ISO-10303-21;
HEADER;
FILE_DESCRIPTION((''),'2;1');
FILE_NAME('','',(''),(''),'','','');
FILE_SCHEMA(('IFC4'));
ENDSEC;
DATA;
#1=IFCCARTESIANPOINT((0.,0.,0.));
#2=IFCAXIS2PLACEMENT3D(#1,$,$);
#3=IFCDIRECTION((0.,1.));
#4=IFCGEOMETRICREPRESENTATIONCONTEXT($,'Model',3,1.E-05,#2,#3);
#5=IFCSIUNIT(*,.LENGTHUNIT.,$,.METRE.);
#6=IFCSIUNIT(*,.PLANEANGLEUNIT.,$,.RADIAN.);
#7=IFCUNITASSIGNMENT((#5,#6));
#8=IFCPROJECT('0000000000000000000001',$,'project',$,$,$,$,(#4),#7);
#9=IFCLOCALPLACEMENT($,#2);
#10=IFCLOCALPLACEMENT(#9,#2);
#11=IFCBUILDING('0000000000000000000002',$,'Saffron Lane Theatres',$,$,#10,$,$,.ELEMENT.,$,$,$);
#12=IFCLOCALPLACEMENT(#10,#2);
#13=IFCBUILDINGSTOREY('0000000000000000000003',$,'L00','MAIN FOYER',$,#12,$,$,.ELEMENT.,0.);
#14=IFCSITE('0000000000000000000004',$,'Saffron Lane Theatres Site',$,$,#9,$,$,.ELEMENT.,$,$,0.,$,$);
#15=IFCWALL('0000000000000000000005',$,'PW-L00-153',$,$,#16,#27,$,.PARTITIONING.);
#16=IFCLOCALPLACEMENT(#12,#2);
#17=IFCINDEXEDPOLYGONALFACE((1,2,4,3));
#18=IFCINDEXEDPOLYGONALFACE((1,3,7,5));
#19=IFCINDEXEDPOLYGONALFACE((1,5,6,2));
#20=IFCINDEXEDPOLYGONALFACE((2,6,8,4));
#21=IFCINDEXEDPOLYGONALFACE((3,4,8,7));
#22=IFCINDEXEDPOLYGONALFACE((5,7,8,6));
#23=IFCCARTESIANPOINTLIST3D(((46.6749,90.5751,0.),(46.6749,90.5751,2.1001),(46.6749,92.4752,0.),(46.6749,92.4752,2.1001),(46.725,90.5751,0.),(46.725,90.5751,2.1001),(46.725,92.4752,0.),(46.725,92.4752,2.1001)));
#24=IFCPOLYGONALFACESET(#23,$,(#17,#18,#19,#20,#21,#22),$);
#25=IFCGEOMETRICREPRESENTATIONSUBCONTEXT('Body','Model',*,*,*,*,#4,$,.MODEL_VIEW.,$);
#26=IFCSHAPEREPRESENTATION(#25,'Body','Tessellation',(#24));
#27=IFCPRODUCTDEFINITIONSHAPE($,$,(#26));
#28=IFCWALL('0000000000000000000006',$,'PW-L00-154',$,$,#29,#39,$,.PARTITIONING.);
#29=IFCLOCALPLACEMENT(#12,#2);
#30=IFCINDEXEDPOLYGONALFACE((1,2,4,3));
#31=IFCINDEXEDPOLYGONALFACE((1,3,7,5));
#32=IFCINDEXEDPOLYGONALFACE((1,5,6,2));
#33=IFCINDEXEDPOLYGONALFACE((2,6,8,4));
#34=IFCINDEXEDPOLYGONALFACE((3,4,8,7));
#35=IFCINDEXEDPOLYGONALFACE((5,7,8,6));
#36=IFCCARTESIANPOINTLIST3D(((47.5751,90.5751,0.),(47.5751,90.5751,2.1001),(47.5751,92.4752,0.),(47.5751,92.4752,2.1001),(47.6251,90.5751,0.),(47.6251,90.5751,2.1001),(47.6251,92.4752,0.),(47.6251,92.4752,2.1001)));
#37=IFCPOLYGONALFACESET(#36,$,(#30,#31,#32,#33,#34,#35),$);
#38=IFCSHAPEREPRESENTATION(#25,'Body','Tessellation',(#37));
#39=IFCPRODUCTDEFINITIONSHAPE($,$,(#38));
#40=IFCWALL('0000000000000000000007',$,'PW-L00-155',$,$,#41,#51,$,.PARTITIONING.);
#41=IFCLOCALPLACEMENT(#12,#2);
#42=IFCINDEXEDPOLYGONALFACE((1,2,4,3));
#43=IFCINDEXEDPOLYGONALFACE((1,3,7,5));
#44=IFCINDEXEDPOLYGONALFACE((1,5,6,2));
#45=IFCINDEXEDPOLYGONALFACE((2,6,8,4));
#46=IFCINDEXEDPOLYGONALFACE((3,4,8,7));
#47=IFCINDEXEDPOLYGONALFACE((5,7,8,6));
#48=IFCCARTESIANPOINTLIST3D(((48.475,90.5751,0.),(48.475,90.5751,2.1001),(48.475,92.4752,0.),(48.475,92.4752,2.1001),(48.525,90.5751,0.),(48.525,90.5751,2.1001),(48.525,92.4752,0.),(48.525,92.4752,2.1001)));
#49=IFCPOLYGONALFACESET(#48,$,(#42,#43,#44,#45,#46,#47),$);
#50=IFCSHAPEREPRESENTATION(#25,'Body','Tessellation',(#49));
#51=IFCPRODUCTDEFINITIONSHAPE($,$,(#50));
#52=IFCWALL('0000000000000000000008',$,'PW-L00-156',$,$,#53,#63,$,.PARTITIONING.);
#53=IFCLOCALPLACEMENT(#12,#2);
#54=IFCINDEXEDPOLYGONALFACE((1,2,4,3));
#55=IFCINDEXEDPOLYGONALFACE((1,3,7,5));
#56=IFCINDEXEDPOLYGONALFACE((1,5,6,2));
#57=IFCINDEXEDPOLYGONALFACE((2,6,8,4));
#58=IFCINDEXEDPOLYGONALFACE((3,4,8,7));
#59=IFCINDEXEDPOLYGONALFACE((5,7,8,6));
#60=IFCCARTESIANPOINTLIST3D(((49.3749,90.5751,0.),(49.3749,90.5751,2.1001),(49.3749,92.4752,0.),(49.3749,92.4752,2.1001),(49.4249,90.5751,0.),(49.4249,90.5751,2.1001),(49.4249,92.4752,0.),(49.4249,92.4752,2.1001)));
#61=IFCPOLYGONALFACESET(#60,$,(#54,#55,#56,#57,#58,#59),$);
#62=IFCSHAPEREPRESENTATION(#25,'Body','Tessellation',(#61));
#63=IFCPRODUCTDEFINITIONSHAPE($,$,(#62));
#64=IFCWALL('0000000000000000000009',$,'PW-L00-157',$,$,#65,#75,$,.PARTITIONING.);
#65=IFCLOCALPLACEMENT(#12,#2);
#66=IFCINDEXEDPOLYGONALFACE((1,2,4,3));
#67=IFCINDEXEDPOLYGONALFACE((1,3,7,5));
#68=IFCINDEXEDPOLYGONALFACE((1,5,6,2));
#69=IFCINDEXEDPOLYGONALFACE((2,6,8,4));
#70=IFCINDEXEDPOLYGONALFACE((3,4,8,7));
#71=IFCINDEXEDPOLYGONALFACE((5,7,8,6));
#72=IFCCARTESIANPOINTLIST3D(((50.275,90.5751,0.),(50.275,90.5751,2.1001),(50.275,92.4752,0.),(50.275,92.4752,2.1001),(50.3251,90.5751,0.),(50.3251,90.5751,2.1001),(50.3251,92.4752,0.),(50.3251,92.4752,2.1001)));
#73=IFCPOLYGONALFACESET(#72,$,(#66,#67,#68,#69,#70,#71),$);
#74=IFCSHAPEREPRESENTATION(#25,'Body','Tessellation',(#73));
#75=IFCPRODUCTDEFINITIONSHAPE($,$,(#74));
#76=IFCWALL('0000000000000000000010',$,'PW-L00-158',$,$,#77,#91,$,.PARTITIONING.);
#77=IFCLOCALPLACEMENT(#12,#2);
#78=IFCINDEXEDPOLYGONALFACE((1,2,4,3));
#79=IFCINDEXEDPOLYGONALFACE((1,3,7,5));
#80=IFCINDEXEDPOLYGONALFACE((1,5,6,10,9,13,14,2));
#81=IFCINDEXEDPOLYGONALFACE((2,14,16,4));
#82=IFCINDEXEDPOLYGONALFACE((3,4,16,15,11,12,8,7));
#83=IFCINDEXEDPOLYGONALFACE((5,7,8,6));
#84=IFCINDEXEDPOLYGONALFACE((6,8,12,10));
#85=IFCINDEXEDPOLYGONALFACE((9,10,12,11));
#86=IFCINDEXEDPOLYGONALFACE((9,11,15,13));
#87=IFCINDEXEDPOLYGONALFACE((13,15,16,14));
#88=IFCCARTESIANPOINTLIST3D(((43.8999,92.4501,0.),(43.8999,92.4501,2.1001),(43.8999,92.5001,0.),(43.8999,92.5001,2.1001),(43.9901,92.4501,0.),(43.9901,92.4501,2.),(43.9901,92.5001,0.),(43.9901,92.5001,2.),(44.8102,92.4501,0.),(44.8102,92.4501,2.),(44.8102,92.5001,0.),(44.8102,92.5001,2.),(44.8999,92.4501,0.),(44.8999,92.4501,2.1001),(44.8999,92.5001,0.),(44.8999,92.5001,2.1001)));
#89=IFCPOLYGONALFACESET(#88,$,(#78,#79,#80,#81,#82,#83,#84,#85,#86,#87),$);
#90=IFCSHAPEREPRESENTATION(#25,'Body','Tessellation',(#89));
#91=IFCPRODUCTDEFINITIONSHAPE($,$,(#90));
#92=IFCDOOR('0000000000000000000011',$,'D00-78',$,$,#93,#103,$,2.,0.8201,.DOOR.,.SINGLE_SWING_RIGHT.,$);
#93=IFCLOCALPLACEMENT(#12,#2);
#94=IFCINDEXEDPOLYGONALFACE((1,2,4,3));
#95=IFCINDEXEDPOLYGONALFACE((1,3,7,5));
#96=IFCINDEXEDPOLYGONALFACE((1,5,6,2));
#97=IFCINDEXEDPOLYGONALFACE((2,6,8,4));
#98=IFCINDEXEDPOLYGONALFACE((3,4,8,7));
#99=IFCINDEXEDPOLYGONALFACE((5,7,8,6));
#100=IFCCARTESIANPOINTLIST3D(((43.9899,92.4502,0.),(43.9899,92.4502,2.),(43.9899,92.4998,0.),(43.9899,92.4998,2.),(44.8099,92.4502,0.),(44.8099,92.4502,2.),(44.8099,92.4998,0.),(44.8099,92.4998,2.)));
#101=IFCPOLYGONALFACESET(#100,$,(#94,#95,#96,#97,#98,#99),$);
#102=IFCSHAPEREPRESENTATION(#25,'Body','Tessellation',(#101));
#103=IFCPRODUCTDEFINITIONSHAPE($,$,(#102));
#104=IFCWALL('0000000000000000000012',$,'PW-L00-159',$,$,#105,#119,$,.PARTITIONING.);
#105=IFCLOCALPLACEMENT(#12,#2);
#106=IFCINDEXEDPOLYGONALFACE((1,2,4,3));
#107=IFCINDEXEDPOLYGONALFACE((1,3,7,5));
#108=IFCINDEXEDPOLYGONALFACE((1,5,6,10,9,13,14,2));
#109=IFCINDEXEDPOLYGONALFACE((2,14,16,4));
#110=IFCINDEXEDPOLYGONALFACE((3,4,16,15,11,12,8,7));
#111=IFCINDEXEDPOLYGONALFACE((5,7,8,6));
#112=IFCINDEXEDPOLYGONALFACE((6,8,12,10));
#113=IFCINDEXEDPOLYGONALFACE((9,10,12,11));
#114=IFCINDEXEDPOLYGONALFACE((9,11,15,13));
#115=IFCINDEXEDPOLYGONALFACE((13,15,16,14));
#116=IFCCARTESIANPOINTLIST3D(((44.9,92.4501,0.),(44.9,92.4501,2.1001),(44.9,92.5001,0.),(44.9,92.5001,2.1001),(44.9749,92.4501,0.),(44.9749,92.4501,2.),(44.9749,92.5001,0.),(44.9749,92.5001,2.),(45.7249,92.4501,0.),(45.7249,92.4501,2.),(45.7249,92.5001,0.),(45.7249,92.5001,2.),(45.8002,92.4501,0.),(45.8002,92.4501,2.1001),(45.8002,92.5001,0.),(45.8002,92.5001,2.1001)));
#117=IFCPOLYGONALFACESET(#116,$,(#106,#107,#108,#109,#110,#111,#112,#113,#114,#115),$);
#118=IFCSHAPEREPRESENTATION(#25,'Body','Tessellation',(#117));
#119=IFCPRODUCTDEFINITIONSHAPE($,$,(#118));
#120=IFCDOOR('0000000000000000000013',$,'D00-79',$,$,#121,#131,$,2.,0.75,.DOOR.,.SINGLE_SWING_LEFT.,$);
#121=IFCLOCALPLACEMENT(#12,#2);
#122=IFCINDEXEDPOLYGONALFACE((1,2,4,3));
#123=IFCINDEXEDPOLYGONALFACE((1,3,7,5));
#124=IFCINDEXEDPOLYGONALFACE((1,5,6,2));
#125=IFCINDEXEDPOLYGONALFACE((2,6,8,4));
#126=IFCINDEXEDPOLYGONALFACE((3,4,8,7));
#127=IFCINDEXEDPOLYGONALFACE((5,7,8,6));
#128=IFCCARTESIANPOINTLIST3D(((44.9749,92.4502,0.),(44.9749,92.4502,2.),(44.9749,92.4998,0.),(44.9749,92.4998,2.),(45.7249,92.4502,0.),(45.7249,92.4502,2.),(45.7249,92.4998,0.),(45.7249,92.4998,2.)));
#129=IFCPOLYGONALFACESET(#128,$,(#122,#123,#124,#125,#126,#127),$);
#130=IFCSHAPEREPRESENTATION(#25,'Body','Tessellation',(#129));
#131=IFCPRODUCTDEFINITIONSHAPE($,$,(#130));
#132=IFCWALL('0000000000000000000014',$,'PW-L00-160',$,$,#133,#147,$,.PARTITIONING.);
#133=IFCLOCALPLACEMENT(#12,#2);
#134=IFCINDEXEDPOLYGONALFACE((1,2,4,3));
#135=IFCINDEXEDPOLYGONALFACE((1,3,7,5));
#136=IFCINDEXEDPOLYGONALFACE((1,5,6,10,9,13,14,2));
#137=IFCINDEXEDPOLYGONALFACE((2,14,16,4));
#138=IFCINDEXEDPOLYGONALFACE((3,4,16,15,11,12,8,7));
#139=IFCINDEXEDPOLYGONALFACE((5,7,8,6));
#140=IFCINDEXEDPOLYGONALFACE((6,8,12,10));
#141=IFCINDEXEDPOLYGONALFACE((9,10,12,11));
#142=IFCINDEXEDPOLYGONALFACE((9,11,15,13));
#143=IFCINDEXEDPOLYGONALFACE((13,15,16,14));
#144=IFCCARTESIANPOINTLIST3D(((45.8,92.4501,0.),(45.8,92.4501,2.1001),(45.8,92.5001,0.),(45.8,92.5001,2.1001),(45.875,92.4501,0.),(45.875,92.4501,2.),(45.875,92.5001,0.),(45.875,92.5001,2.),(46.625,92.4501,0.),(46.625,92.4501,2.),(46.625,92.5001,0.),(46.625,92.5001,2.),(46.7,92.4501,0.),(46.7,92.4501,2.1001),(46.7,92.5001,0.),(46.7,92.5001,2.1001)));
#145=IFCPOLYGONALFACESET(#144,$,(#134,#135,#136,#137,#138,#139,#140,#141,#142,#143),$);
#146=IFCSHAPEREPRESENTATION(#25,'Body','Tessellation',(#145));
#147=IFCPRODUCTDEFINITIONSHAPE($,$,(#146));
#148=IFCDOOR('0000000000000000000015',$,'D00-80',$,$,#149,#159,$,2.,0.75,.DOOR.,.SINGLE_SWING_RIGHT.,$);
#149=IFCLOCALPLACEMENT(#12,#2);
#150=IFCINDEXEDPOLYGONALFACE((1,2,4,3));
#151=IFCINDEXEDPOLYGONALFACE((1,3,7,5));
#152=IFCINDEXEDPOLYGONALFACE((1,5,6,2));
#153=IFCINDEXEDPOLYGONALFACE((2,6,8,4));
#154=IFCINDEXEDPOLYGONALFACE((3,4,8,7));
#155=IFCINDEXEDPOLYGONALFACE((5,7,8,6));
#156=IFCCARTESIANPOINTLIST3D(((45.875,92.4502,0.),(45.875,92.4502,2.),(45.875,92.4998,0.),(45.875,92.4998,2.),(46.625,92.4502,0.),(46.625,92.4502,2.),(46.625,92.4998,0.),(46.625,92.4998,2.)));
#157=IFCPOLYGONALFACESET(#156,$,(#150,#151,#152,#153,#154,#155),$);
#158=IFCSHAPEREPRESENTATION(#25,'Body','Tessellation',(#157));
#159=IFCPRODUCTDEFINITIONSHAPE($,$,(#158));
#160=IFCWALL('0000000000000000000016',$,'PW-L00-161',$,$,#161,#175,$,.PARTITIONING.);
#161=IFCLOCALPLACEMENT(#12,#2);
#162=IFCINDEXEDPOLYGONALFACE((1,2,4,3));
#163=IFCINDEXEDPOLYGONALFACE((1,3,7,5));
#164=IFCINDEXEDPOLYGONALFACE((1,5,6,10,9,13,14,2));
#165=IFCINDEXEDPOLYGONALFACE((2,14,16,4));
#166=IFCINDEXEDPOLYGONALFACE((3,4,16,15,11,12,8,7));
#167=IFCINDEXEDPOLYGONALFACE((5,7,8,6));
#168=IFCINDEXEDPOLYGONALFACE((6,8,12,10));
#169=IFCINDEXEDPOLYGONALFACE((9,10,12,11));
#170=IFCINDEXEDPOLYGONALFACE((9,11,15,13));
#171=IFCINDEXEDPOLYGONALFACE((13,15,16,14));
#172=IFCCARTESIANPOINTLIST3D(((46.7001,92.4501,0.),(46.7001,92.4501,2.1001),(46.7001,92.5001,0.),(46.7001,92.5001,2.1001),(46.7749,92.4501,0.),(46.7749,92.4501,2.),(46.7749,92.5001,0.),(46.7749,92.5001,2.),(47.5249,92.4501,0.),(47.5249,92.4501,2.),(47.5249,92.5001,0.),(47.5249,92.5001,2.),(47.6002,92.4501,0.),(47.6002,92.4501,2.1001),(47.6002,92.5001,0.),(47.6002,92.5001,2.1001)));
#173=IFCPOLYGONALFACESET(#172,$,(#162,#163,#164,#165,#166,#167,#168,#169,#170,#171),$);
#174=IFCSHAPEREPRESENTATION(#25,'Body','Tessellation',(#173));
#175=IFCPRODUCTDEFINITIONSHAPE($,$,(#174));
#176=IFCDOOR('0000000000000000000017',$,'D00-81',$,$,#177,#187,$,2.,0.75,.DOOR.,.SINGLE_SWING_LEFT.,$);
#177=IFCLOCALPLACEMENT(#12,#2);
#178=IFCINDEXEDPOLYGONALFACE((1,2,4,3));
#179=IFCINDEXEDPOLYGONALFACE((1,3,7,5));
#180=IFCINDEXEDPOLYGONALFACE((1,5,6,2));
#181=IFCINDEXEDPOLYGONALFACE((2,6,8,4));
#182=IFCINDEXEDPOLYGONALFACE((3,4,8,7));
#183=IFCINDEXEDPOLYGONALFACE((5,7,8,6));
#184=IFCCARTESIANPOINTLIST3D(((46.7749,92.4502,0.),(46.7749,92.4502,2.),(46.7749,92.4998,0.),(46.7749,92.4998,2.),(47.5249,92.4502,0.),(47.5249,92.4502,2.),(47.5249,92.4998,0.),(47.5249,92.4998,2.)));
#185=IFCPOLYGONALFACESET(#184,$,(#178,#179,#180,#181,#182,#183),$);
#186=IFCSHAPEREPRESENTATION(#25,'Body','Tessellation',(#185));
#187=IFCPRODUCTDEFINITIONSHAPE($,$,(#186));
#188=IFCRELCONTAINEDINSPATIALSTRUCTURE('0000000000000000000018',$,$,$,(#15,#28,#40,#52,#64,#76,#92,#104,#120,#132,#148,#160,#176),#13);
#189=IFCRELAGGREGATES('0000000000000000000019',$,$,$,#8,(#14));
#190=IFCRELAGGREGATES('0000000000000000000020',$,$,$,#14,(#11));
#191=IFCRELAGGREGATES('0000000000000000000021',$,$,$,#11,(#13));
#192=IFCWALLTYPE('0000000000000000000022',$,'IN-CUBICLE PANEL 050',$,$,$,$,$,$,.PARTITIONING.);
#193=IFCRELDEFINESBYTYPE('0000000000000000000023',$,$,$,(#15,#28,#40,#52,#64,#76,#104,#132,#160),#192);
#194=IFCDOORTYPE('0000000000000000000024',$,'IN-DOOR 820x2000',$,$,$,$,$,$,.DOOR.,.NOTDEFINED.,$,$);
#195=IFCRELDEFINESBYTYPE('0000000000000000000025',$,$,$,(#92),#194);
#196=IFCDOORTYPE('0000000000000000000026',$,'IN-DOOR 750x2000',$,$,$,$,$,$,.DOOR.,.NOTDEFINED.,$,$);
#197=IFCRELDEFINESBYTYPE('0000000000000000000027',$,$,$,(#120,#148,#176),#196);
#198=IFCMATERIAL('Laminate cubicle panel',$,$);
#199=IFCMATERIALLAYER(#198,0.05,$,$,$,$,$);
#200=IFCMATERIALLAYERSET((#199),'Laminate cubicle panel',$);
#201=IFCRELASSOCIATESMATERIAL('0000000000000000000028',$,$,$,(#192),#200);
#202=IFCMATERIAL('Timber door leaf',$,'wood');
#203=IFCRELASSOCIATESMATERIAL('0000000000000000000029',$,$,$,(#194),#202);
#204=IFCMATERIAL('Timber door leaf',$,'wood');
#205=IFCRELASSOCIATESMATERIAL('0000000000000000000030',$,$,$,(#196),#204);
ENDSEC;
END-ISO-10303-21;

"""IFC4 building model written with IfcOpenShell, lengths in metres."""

from ifc_helpers import new_model, si_unit, direction, frame, frame_2d, origin, place, context, subcontext, project, spatial, rectangle, extrude, material, layer, layer_set, type_object, element, fill, save


model = new_model("IFC4")

# Units and contexts
model_context = context("Model", 3, precision=1e-05, world=origin(), true_north=direction((0.0, 1.0)))
body_context = subcontext(model_context, "Body", "Model", "MODEL_VIEW")
ifc_project = project(units=[si_unit("LENGTHUNIT", "METRE"), si_unit("PLANEANGLEUNIT", "RADIAN")], contexts=[model_context])

# Site, building, storey
site_placement = place(None, origin())
site = spatial("IfcSite", under=ifc_project, at=site_placement, Name="Saffron Lane Theatres Site", CompositionType="ELEMENT", RefElevation=0.0)
building_placement = place(site_placement, origin())
building = spatial("IfcBuilding", under=site, at=building_placement, Name="Saffron Lane Theatres", CompositionType="ELEMENT")
storey_placement = place(building_placement, origin())
storey = spatial("IfcBuildingStorey", under=building, at=storey_placement, Name="L00", Description="MAIN FOYER", CompositionType="ELEMENT", Elevation=0.0)

# Walls
ifc_material_1 = material(Name="Laminate cubicle panel")
ifc_layer_1 = layer(ifc_material_1, 0.05)
ifc_layer_set_1 = layer_set([ifc_layer_1], Name="Laminate cubicle panel")
wall_type_1 = type_object("IfcWallType", Name="IN-CUBICLE PANEL 050", PredefinedType="PARTITIONING", material=ifc_layer_set_1)
for number, where, z_axis, x_axis, name in (
    (1, (46.7, 90.575, 0.0), (0.0, 0.0, 1.0), (0.0, 1.0, 0.0), "PW-L00-153"),
    (2, (47.6001, 90.575, 0.0), (0.0, 0.0, 1.0), (0.0, 1.0, 0.0), "PW-L00-154"),
    (3, (48.5, 90.575, 0.0), (0.0, 0.0, 1.0), (0.0, 1.0, 0.0), "PW-L00-155"),
    (4, (49.3999, 90.575, 0.0), (0.0, 0.0, 1.0), (0.0, 1.0, 0.0), "PW-L00-156"),
    (5, (50.3, 90.575, 0.0), (0.0, 0.0, 1.0), (0.0, 1.0, 0.0), "PW-L00-157"),
):
    element("IfcWall", number, at=place(storey_placement, frame(where, z_axis=z_axis, x_axis=x_axis)), inside=storey, type_object=wall_type_1, Name=name, PredefinedType="PARTITIONING", context=body_context, shape_type="SweptSolid", body=[
        extrude(rectangle(XDim=1.9001, YDim=0.05, at=frame_2d((0.9502, 0.0))), origin(), (0.0, 0.0, 1.0), 2.1001),
    ])

# Walls, openings, doors
wall_1_placement = place(storey_placement, frame((43.8999, 92.4751, 0.0), z_axis=(0.0, 0.0, 1.0), x_axis=(1.0, 0.0, 0.0)))
wall_1 = element("IfcWall", 6, at=wall_1_placement, inside=storey, type_object=wall_type_1, Name="PW-L00-158", PredefinedType="PARTITIONING", context=body_context, shape_type="SweptSolid", body=[
    extrude(rectangle(XDim=1.0, YDim=0.05, at=frame_2d((0.5, 0.0))), origin(), (0.0, 0.0, 1.0), 2.1001),
])
opening_1_placement = place(wall_1_placement, frame((0.0901, 0.0, 0.0)))
opening_1 = element("IfcOpeningElement", 7, at=opening_1_placement, cuts=wall_1, PredefinedType="OPENING", context=body_context, shape_type="SweptSolid", body=[
    extrude(rectangle(XDim=0.8201, YDim=2.0, at=frame_2d((0.4102, 1.0))), frame((0.0, 0.0352, 0.0), z_axis=(0.0, -1.0, 0.0), x_axis=(1.0, 0.0, 0.0)), (0.0, 0.0, 1.0), 0.0701),
])
ifc_material_2 = material(Name="Timber door leaf", Category="wood")
door_type_1 = type_object("IfcDoorType", Name="IN-DOOR 820x2000", OperationType="NOTDEFINED", PredefinedType="DOOR", material=ifc_material_2)
door_1_placement = place(opening_1_placement, frame((0.8201, 0.0, 0.0), z_axis=(0.0, 0.0, 1.0), x_axis=(-1.0, 0.0, 0.0)))
door_1 = element("IfcDoor", 8, at=door_1_placement, inside=storey, type_object=door_type_1, Name="D00-78", OperationType="SINGLE_SWING_RIGHT", OverallHeight=2.0, OverallWidth=0.8201, PredefinedType="DOOR", context=body_context, shape_type="SweptSolid", body=[
    extrude(rectangle(XDim=0.8201, YDim=2.0, at=frame_2d((0.4102, 1.0))), frame((0.0, 0.0249, 0.0), z_axis=(0.0, -1.0, 0.0), x_axis=(1.0, 0.0, 0.0)), (0.0, 0.0, 1.0), 0.0496),
])
fill(opening_1, door_1)
wall_2_placement = place(storey_placement, frame((44.8999, 92.4751, 0.0), z_axis=(0.0, 0.0, 1.0), x_axis=(1.0, 0.0, 0.0)))
wall_2 = element("IfcWall", 9, at=wall_2_placement, inside=storey, type_object=wall_type_1, Name="PW-L00-159", PredefinedType="PARTITIONING", context=body_context, shape_type="SweptSolid", body=[
    extrude(rectangle(XDim=0.9001, YDim=0.05, at=frame_2d((0.4502, 0.0))), origin(), (0.0, 0.0, 1.0), 2.1001),
])
opening_2_placement = place(wall_2_placement, frame((0.075, 0.0, 0.0)))
opening_2 = element("IfcOpeningElement", 10, at=opening_2_placement, cuts=wall_2, PredefinedType="OPENING", context=body_context, shape_type="SweptSolid", body=[
    extrude(rectangle(XDim=0.75, YDim=2.0, at=frame_2d((0.375, 1.0))), frame((0.0, 0.0352, 0.0), z_axis=(0.0, -1.0, 0.0), x_axis=(1.0, 0.0, 0.0)), (0.0, 0.0, 1.0), 0.0701),
])
ifc_material_3 = material(Name="Timber door leaf", Category="wood")
door_type_2 = type_object("IfcDoorType", Name="IN-DOOR 750x2000", OperationType="NOTDEFINED", PredefinedType="DOOR", material=ifc_material_3)
door_2_placement = place(opening_2_placement, frame((0.75, 0.0, 0.0), z_axis=(0.0, 0.0, 1.0), x_axis=(-1.0, 0.0, 0.0)))
door_2 = element("IfcDoor", 11, at=door_2_placement, inside=storey, type_object=door_type_2, Name="D00-79", OperationType="SINGLE_SWING_LEFT", OverallHeight=2.0, OverallWidth=0.75, PredefinedType="DOOR", context=body_context, shape_type="SweptSolid", body=[
    extrude(rectangle(XDim=0.75, YDim=2.0, at=frame_2d((0.375, 1.0))), frame((0.0, 0.0249, 0.0), z_axis=(0.0, -1.0, 0.0), x_axis=(1.0, 0.0, 0.0)), (0.0, 0.0, 1.0), 0.0496),
])
fill(opening_2, door_2)
wall_3_placement = place(storey_placement, frame((45.8, 92.4751, 0.0), z_axis=(0.0, 0.0, 1.0), x_axis=(1.0, 0.0, 0.0)))
wall_3 = element("IfcWall", 12, at=wall_3_placement, inside=storey, type_object=wall_type_1, Name="PW-L00-160", PredefinedType="PARTITIONING", context=body_context, shape_type="SweptSolid", body=[
    extrude(rectangle(XDim=0.8999, YDim=0.05, at=frame_2d((0.45, 0.0))), origin(), (0.0, 0.0, 1.0), 2.1001),
])
opening_3_placement = place(wall_3_placement, frame((0.075, 0.0, 0.0)))
opening_3 = element("IfcOpeningElement", 13, at=opening_3_placement, cuts=wall_3, PredefinedType="OPENING", context=body_context, shape_type="SweptSolid", body=[
    extrude(rectangle(XDim=0.75, YDim=2.0, at=frame_2d((0.375, 1.0))), frame((0.0, 0.0352, 0.0), z_axis=(0.0, -1.0, 0.0), x_axis=(1.0, 0.0, 0.0)), (0.0, 0.0, 1.0), 0.0701),
])
door_3_placement = place(opening_3_placement, frame((0.75, 0.0, 0.0), z_axis=(0.0, 0.0, 1.0), x_axis=(-1.0, 0.0, 0.0)))
door_3 = element("IfcDoor", 14, at=door_3_placement, inside=storey, type_object=door_type_2, Name="D00-80", OperationType="SINGLE_SWING_RIGHT", OverallHeight=2.0, OverallWidth=0.75, PredefinedType="DOOR", context=body_context, shape_type="SweptSolid", body=[
    extrude(rectangle(XDim=0.75, YDim=2.0, at=frame_2d((0.375, 1.0))), frame((0.0, 0.0249, 0.0), z_axis=(0.0, -1.0, 0.0), x_axis=(1.0, 0.0, 0.0)), (0.0, 0.0, 1.0), 0.0496),
])
fill(opening_3, door_3)
wall_4_placement = place(storey_placement, frame((46.7, 92.4751, 0.0), z_axis=(0.0, 0.0, 1.0), x_axis=(1.0, 0.0, 0.0)))
wall_4 = element("IfcWall", 15, at=wall_4_placement, inside=storey, type_object=wall_type_1, Name="PW-L00-161", PredefinedType="PARTITIONING", context=body_context, shape_type="SweptSolid", body=[
    extrude(rectangle(XDim=0.9001, YDim=0.05, at=frame_2d((0.4502, 0.0))), origin(), (0.0, 0.0, 1.0), 2.1001),
])
opening_4_placement = place(wall_4_placement, frame((0.075, 0.0, 0.0)))
opening_4 = element("IfcOpeningElement", 16, at=opening_4_placement, cuts=wall_4, PredefinedType="OPENING", context=body_context, shape_type="SweptSolid", body=[
    extrude(rectangle(XDim=0.75, YDim=2.0, at=frame_2d((0.375, 1.0))), frame((0.0, 0.0352, 0.0), z_axis=(0.0, -1.0, 0.0), x_axis=(1.0, 0.0, 0.0)), (0.0, 0.0, 1.0), 0.0701),
])
door_4_placement = place(opening_4_placement, frame((0.75, 0.0, 0.0), z_axis=(0.0, 0.0, 1.0), x_axis=(-1.0, 0.0, 0.0)))
door_4 = element("IfcDoor", 17, at=door_4_placement, inside=storey, type_object=door_type_2, Name="D00-81", OperationType="SINGLE_SWING_LEFT", OverallHeight=2.0, OverallWidth=0.75, PredefinedType="DOOR", context=body_context, shape_type="SweptSolid", body=[
    extrude(rectangle(XDim=0.75, YDim=2.0, at=frame_2d((0.375, 1.0))), frame((0.0, 0.0249, 0.0), z_axis=(0.0, -1.0, 0.0), x_axis=(1.0, 0.0, 0.0)), (0.0, 0.0, 1.0), 0.0496),
])
fill(opening_4, door_4)

save(model, "model.ifc")
